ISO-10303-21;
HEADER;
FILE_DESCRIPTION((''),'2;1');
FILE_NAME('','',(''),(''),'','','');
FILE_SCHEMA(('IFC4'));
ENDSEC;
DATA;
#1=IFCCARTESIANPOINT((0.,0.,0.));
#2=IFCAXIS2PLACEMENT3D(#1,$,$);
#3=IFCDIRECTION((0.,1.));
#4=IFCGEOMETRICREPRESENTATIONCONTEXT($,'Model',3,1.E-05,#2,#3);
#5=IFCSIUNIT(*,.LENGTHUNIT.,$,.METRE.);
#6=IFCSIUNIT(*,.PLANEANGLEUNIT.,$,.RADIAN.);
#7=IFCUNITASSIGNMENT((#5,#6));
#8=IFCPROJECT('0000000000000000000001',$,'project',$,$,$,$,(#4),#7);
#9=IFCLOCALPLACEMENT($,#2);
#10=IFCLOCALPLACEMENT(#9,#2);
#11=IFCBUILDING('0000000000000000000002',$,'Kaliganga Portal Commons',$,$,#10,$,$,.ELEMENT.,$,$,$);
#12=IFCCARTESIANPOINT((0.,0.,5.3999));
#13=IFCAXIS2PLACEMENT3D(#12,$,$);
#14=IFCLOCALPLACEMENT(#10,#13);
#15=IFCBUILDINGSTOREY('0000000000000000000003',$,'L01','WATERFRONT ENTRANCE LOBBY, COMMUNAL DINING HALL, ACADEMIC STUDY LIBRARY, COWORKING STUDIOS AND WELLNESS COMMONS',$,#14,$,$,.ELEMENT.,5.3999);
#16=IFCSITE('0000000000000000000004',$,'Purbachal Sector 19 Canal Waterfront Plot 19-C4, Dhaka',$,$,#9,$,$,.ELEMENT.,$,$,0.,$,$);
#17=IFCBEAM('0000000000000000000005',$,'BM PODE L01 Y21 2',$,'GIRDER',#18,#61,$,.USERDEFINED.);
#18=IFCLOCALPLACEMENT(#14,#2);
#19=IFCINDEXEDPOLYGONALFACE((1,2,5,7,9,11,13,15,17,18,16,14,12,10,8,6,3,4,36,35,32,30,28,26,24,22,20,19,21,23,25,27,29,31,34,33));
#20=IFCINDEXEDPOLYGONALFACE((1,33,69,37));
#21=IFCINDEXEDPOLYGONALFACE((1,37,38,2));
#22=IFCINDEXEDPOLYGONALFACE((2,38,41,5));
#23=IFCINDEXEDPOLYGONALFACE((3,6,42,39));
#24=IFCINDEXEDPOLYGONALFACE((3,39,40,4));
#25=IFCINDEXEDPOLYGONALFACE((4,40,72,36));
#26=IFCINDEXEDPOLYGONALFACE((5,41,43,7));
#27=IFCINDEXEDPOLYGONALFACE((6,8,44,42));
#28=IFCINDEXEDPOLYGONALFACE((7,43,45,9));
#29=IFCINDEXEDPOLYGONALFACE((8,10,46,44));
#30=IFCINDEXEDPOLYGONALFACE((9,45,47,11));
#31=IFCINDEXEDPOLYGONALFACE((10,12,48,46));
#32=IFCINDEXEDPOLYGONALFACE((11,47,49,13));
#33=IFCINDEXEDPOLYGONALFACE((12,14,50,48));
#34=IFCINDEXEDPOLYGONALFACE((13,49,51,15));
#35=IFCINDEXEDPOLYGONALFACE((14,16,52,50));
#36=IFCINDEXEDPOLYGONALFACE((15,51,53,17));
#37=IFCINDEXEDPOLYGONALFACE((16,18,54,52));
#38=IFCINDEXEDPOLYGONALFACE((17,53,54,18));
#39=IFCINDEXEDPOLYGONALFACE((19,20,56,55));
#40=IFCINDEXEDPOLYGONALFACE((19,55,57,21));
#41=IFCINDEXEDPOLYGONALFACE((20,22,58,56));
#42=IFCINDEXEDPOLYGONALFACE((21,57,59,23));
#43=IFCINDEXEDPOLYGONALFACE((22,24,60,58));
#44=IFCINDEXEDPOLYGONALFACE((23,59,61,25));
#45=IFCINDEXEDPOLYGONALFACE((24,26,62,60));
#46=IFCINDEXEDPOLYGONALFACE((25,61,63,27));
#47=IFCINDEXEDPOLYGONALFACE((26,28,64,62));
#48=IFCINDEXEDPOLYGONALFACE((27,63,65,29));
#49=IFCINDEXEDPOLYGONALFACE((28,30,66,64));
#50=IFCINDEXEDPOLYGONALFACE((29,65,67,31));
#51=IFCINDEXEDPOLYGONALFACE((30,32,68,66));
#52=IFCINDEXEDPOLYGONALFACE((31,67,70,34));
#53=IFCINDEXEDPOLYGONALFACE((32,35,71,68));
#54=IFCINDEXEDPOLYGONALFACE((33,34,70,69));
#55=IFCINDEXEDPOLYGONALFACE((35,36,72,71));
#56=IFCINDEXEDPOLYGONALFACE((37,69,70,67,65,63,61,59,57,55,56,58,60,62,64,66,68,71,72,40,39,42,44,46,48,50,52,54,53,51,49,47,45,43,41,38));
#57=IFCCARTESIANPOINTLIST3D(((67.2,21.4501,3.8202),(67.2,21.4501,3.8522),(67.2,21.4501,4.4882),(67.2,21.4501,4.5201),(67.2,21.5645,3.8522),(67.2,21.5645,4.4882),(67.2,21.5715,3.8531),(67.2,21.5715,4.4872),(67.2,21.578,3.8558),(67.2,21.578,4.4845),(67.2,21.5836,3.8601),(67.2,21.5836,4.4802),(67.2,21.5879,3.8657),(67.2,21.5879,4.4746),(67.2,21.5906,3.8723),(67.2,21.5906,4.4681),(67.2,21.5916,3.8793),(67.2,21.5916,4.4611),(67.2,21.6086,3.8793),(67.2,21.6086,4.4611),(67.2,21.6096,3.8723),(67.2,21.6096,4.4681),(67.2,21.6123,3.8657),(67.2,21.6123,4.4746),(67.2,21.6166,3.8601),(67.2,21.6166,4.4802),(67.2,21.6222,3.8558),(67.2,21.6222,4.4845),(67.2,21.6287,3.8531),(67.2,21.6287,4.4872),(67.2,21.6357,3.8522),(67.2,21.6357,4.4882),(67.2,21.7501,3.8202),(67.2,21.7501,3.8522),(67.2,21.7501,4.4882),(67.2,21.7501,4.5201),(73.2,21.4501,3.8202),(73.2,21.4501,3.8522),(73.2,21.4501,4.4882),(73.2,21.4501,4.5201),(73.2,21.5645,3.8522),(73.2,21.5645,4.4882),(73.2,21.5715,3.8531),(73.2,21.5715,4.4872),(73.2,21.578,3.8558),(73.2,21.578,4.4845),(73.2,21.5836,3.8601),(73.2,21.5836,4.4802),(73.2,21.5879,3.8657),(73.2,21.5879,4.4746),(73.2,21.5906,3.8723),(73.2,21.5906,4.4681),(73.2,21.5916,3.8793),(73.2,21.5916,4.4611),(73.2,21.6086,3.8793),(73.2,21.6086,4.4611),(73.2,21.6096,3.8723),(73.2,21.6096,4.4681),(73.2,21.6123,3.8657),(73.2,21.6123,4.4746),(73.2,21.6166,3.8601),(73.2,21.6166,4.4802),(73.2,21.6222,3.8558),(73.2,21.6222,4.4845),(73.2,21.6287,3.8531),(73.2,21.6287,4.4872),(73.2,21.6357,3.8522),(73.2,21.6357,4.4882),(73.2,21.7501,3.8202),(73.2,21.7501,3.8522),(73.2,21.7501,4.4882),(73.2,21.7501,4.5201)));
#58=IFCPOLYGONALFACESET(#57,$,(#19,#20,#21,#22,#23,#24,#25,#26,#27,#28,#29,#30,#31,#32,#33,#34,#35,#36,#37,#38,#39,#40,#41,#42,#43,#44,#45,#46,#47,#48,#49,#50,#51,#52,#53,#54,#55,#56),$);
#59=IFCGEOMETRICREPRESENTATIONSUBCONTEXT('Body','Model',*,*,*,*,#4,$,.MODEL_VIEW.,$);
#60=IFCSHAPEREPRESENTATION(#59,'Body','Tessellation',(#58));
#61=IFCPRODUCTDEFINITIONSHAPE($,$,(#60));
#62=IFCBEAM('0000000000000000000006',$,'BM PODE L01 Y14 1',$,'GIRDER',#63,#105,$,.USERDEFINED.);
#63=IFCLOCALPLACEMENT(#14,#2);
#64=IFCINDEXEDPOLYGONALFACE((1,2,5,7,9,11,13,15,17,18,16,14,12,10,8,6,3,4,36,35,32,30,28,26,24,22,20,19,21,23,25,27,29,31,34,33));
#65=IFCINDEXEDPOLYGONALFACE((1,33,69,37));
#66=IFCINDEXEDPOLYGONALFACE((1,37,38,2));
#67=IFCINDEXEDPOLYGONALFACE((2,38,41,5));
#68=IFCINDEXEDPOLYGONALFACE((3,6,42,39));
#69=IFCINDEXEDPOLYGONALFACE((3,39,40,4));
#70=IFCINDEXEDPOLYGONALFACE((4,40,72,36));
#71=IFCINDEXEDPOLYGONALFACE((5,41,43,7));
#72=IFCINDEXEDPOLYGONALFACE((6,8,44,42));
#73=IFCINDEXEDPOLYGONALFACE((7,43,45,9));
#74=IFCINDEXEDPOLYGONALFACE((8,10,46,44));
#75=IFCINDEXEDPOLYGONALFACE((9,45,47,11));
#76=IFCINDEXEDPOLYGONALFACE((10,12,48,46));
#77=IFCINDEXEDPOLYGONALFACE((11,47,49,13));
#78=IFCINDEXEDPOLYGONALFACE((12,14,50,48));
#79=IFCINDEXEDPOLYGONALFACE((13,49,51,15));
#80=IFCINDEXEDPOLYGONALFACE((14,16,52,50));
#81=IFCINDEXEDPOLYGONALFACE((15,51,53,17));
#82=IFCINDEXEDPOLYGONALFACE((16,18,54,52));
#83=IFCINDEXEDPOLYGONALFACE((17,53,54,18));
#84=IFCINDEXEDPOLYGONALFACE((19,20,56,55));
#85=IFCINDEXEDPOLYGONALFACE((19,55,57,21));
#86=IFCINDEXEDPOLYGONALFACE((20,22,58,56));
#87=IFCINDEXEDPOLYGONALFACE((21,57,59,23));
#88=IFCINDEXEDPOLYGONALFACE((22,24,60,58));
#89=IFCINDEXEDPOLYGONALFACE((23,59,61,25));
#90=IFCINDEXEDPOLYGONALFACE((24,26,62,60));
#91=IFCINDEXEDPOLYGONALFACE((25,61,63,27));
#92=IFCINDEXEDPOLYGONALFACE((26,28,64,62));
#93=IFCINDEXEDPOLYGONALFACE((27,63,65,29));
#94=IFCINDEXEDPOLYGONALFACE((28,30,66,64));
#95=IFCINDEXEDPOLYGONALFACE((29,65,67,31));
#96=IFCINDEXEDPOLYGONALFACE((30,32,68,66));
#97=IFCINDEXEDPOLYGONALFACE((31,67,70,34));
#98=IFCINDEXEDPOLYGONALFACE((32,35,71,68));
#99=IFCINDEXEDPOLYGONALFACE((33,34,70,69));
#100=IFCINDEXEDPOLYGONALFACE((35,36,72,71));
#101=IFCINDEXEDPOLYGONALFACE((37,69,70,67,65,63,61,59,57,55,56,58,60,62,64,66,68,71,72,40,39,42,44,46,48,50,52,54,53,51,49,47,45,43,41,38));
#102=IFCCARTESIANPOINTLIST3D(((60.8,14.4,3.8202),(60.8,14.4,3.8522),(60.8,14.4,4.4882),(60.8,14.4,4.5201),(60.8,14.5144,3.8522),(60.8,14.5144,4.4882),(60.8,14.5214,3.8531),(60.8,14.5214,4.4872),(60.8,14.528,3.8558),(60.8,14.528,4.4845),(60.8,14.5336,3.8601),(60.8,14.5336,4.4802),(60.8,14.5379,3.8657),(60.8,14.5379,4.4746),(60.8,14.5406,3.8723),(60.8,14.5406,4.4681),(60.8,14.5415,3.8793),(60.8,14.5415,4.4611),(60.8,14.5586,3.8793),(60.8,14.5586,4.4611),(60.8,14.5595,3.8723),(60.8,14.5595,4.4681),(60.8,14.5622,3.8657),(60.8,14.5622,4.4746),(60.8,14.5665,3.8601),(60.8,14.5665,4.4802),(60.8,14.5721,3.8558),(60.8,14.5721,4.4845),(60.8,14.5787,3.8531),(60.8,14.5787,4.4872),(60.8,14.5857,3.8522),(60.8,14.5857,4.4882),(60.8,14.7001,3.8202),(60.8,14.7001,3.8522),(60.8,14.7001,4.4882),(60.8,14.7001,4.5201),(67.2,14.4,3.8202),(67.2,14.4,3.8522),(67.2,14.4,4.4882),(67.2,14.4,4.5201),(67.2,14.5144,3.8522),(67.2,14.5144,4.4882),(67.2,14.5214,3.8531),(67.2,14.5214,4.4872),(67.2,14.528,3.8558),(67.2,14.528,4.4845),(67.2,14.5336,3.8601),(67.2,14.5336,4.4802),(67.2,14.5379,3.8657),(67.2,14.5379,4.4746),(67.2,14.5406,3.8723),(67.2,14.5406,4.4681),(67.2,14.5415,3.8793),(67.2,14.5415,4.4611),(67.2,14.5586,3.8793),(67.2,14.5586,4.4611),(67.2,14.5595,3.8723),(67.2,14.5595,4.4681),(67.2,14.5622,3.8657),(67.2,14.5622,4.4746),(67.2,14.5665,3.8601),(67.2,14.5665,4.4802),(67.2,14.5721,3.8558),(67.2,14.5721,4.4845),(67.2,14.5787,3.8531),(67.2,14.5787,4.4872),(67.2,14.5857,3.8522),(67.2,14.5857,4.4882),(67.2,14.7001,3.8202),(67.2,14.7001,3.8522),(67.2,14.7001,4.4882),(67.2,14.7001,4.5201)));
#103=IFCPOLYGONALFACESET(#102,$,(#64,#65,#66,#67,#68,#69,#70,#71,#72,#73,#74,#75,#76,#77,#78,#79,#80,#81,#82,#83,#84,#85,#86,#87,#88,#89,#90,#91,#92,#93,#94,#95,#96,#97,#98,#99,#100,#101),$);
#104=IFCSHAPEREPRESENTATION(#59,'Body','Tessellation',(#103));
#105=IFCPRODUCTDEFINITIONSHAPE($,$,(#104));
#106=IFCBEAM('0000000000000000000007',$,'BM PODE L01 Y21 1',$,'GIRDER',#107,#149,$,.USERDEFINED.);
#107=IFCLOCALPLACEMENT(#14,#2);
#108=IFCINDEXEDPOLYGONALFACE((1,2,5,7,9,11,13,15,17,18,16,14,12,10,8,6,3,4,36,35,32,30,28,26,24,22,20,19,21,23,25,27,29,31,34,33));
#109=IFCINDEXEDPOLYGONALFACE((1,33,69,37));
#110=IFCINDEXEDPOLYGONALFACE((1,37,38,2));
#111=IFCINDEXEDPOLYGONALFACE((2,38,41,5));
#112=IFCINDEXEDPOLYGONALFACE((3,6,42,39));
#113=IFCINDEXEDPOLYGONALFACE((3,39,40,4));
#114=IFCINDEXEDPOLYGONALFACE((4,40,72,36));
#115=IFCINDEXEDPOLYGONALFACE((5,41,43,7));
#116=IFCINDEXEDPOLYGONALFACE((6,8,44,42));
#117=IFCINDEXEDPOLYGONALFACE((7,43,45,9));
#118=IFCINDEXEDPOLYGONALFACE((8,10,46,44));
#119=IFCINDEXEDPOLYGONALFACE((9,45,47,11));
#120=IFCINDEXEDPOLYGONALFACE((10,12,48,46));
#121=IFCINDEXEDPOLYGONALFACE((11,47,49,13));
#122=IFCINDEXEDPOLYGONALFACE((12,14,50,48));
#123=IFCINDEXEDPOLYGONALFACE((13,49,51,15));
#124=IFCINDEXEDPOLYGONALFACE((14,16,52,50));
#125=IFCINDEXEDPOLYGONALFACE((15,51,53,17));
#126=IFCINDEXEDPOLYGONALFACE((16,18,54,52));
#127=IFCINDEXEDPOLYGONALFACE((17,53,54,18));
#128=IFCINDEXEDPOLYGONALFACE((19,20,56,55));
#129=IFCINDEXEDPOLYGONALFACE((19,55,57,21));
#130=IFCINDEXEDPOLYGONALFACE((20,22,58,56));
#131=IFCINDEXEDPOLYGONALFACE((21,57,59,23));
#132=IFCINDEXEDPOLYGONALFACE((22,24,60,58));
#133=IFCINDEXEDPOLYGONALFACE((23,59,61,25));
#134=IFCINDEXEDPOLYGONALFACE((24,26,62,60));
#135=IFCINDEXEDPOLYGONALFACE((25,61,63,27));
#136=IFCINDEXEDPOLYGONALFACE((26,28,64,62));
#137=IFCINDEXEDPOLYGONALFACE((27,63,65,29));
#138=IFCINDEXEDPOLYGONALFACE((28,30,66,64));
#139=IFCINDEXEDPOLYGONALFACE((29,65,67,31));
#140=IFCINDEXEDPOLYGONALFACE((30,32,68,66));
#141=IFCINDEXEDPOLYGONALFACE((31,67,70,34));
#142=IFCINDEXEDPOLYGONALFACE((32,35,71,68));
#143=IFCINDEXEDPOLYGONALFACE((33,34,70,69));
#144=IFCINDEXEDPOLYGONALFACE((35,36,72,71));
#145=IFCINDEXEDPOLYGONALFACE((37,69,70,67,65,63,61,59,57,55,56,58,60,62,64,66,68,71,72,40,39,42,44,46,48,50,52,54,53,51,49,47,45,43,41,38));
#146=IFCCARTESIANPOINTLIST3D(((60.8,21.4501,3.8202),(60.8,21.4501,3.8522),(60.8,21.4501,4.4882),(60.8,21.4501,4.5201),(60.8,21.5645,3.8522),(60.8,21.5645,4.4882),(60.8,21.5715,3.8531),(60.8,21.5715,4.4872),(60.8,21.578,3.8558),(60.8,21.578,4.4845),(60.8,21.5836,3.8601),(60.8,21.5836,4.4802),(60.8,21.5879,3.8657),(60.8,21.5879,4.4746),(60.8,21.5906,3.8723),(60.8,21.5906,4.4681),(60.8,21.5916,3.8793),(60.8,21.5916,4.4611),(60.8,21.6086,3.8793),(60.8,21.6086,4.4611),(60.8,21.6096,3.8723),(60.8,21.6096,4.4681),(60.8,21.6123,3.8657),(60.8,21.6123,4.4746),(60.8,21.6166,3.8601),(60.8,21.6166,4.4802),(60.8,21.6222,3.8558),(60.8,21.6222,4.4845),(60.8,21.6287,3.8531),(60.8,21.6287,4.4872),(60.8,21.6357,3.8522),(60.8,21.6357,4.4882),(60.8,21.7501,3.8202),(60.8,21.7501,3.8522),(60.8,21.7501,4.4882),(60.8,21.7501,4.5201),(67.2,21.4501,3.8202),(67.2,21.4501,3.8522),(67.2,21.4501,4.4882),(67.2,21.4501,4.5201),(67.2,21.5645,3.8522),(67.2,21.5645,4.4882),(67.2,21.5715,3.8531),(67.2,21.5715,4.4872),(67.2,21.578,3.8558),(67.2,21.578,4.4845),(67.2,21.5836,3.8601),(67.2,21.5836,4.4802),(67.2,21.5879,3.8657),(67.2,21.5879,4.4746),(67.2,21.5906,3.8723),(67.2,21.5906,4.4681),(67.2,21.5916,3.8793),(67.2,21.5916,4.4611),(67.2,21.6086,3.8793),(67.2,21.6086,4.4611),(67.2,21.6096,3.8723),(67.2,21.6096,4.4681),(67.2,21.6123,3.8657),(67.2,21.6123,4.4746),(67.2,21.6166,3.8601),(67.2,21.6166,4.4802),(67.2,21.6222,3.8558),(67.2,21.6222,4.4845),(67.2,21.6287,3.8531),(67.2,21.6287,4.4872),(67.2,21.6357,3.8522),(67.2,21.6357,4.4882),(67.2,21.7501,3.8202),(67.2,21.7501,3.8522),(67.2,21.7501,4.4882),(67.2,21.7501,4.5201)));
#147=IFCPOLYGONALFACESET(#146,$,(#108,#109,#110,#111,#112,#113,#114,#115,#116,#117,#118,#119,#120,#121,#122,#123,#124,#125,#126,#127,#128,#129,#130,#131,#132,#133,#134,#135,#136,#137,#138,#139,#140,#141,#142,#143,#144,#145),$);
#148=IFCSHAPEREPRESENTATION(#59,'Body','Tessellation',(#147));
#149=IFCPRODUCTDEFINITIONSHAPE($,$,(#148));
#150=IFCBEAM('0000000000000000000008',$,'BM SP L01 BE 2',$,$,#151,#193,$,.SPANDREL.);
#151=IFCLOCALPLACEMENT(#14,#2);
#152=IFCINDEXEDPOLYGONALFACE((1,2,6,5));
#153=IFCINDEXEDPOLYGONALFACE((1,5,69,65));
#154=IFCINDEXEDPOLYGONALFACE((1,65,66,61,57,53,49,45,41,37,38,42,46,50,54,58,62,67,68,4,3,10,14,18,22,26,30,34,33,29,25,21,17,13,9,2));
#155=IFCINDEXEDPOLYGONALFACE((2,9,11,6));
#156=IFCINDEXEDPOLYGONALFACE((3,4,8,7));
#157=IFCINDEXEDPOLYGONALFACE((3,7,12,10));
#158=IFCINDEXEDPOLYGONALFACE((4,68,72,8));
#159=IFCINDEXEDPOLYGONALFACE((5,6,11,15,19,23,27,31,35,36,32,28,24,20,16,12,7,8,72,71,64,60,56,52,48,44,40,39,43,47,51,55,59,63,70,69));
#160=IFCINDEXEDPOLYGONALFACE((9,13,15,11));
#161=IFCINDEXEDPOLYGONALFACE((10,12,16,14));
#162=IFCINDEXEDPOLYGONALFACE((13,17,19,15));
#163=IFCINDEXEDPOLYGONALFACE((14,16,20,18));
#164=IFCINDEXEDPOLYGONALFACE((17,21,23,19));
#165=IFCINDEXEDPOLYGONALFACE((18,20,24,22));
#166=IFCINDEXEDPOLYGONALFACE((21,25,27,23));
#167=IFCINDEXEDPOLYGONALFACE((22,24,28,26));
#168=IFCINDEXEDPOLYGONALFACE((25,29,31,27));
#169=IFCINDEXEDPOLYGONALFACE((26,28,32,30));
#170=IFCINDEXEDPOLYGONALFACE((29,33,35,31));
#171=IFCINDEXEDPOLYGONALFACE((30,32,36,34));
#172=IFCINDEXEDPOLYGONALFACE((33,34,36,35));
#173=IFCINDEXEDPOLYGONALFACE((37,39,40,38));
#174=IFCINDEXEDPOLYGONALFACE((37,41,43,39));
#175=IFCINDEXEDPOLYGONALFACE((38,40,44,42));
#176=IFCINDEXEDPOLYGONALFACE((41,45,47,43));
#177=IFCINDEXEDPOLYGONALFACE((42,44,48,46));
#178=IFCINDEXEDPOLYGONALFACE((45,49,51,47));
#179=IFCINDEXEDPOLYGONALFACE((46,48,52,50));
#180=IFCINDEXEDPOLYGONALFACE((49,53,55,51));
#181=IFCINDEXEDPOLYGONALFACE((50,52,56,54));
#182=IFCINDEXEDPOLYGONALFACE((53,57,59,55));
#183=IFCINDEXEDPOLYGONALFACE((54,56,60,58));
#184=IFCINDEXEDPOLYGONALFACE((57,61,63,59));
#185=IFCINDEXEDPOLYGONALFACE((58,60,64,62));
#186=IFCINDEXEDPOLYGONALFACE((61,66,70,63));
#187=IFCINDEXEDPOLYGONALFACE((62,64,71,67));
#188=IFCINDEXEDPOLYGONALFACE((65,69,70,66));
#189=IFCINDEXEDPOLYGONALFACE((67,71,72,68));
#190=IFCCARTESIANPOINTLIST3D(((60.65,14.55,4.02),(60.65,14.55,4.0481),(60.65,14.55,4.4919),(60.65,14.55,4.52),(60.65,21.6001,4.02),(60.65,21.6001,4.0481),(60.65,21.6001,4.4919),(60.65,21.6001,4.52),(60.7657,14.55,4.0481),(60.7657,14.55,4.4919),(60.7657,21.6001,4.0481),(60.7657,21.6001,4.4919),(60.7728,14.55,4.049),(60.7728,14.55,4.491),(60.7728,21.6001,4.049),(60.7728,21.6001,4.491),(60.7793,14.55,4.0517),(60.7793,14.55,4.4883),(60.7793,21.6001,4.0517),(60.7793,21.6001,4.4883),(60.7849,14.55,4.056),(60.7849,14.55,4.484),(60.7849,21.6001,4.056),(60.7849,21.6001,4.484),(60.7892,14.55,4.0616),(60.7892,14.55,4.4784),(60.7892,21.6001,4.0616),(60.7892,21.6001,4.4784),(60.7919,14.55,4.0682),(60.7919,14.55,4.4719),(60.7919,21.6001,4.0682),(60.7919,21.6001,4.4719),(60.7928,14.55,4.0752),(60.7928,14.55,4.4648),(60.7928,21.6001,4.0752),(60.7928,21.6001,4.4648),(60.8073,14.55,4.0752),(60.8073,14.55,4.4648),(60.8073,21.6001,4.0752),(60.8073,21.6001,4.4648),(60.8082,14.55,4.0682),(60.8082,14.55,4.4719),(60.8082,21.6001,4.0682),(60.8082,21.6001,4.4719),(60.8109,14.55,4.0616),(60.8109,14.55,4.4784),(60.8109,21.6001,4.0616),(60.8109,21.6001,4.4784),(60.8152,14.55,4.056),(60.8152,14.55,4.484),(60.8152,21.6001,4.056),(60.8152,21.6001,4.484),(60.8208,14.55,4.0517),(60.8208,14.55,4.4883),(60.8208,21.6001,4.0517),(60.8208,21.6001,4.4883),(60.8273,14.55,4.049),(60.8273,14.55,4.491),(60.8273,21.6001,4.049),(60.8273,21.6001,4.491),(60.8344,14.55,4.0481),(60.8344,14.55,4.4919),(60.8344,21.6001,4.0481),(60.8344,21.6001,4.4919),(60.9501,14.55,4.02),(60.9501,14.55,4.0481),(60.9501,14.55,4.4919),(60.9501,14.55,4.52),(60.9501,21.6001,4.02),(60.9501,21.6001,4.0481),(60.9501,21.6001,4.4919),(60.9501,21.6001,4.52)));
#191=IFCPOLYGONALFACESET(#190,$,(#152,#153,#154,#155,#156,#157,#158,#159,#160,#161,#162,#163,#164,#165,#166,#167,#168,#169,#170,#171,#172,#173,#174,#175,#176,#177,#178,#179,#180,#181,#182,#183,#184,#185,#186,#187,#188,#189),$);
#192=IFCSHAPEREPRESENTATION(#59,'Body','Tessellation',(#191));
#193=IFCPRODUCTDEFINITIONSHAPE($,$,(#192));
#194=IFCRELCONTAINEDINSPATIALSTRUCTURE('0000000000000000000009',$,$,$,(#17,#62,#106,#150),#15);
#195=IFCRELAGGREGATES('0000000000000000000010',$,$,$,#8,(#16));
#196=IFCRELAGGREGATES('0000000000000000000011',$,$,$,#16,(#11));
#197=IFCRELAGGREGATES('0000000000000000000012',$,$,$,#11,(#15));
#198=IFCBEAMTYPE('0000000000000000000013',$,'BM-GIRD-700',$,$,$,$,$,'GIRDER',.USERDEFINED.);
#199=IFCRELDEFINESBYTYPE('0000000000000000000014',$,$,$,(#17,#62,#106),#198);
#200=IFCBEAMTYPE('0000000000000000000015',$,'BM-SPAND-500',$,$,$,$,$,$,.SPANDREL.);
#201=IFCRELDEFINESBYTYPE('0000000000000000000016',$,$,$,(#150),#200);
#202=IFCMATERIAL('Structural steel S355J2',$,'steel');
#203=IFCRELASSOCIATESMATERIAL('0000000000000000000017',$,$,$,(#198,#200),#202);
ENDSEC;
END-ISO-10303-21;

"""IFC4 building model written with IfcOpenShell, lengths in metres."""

from ifc_helpers import new_model, si_unit, direction, frame, origin, origin_2d, place, context, subcontext, project, spatial, i_section, extrude, source, transform, mapped, material, material_profile, profile_set, type_object, element, save


model = new_model("IFC4")

# Units and contexts
model_context = context("Model", 3, precision=1e-05, world=origin(), true_north=direction((0.0, 1.0)))
body_context = subcontext(model_context, "Body", "Model", "MODEL_VIEW")
ifc_project = project(units=[si_unit("LENGTHUNIT", "METRE"), si_unit("PLANEANGLEUNIT", "RADIAN")], contexts=[model_context])

# Site, building, storey
site_placement = place(None, origin())
site = spatial("IfcSite", under=ifc_project, at=site_placement, Name="Purbachal Sector 19 Canal Waterfront Plot 19-C4, Dhaka", CompositionType="ELEMENT", RefElevation=0.0)
building_placement = place(site_placement, origin())
building = spatial("IfcBuilding", under=site, at=building_placement, Name="Kaliganga Portal Commons", CompositionType="ELEMENT")
storey_placement = place(building_placement, frame((0.0, 0.0, 5.3999)))
storey = spatial("IfcBuildingStorey", under=building, at=storey_placement, Name="L01", Description="WATERFRONT ENTRANCE LOBBY, COMMUNAL DINING HALL, ACADEMIC STUDY LIBRARY, COWORKING STUDIOS AND WELLNESS COMMONS", CompositionType="ELEMENT", Elevation=5.3999)

# Beams
ifc_material_1 = material(Name="Structural steel S355J2", Category="steel")
ifc_material_profile_1 = material_profile(ifc_material_1, i_section(OverallWidth=0.3, OverallDepth=0.7, WebThickness=0.0171, FlangeThickness=0.032, FilletRadius=0.0271, at=origin_2d()), Name="HE 700 B")
ifc_profile_set_1 = profile_set([ifc_material_profile_1], Name="Structural steel S355J2 wide-flange")
beam_type_1 = type_object("IfcBeamType", Name="BM-GIRD-700", ElementType="GIRDER", PredefinedType="USERDEFINED", material=ifc_profile_set_1)
shared_shape_1 = source(origin(), body_context, "Body", "SweptSolid", [
    extrude(i_section(OverallWidth=0.3, OverallDepth=0.7, WebThickness=0.0171, FlangeThickness=0.032, FilletRadius=0.0271, at=origin_2d()), origin(), (0.0, 0.0, 1.0), 6.0),
])
for number, where, z_axis, x_axis, name in (
    (1, (67.2, 21.6001, 4.1702), (1.0, 0.0, 0.0), (0.0, 1.0, 0.0), "BM PODE L01 Y21 2"),
):
    element("IfcBeam", number, at=place(storey_placement, frame(where, z_axis=z_axis, x_axis=x_axis)), inside=storey, type_object=beam_type_1, Name=name, ObjectType="GIRDER", PredefinedType="USERDEFINED", context=body_context, shape_type="MappedRepresentation", body=[
        mapped(shared_shape_1, transform((0.0, 0.0, 0.0), x_axis=(1.0, 0.0, 0.0), y_axis=(0.0, 1.0, 0.0), z_axis=(0.0, 0.0, 1.0), scale=1.0)),
    ])
shared_shape_2 = source(origin(), body_context, "Body", "SweptSolid", [
    extrude(i_section(OverallWidth=0.3, OverallDepth=0.7, WebThickness=0.0171, FlangeThickness=0.032, FilletRadius=0.0271, at=origin_2d()), origin(), (0.0, 0.0, 1.0), 6.3999),
])
for number, where, z_axis, x_axis, name in (
    (2, (60.8, 14.55, 4.1702), (1.0, 0.0, 0.0), (0.0, 1.0, 0.0), "BM PODE L01 Y14 1"),
    (3, (60.8, 21.6001, 4.1702), (1.0, 0.0, 0.0), (0.0, 1.0, 0.0), "BM PODE L01 Y21 1"),
):
    element("IfcBeam", number, at=place(storey_placement, frame(where, z_axis=z_axis, x_axis=x_axis)), inside=storey, type_object=beam_type_1, Name=name, ObjectType="GIRDER", PredefinedType="USERDEFINED", context=body_context, shape_type="MappedRepresentation", body=[
        mapped(shared_shape_2, transform((0.0, 0.0, 0.0), x_axis=(1.0, 0.0, 0.0), y_axis=(0.0, 1.0, 0.0), z_axis=(0.0, 0.0, 1.0), scale=1.0)),
    ])
ifc_material_profile_2 = material_profile(ifc_material_1, i_section(OverallWidth=0.3, OverallDepth=0.5, WebThickness=0.0144, FlangeThickness=0.0281, FilletRadius=0.0271, at=origin_2d()), Name="HE 500 B")
ifc_profile_set_2 = profile_set([ifc_material_profile_2], Name="Structural steel S355J2 wide-flange")
beam_type_2 = type_object("IfcBeamType", Name="BM-SPAND-500", PredefinedType="SPANDREL", material=ifc_profile_set_2)
shared_shape_3 = source(origin(), body_context, "Body", "SweptSolid", [
    extrude(i_section(OverallWidth=0.3, OverallDepth=0.5, WebThickness=0.0144, FlangeThickness=0.0281, FilletRadius=0.0271, at=origin_2d()), origin(), (0.0, 0.0, 1.0), 7.05),
])
beam_1_placement = place(storey_placement, frame((60.8, 14.55, 4.27), z_axis=(0.0, 1.0, 0.0), x_axis=(-1.0, 0.0, 0.0)))
element("IfcBeam", 4, at=beam_1_placement, inside=storey, type_object=beam_type_2, Name="BM SP L01 BE 2", PredefinedType="SPANDREL", context=body_context, shape_type="MappedRepresentation", body=[
    mapped(shared_shape_3, transform((0.0, 0.0, 0.0), x_axis=(1.0, 0.0, 0.0), y_axis=(0.0, 1.0, 0.0), z_axis=(0.0, 0.0, 1.0), scale=1.0)),
])

save(model, "model.ifc")
